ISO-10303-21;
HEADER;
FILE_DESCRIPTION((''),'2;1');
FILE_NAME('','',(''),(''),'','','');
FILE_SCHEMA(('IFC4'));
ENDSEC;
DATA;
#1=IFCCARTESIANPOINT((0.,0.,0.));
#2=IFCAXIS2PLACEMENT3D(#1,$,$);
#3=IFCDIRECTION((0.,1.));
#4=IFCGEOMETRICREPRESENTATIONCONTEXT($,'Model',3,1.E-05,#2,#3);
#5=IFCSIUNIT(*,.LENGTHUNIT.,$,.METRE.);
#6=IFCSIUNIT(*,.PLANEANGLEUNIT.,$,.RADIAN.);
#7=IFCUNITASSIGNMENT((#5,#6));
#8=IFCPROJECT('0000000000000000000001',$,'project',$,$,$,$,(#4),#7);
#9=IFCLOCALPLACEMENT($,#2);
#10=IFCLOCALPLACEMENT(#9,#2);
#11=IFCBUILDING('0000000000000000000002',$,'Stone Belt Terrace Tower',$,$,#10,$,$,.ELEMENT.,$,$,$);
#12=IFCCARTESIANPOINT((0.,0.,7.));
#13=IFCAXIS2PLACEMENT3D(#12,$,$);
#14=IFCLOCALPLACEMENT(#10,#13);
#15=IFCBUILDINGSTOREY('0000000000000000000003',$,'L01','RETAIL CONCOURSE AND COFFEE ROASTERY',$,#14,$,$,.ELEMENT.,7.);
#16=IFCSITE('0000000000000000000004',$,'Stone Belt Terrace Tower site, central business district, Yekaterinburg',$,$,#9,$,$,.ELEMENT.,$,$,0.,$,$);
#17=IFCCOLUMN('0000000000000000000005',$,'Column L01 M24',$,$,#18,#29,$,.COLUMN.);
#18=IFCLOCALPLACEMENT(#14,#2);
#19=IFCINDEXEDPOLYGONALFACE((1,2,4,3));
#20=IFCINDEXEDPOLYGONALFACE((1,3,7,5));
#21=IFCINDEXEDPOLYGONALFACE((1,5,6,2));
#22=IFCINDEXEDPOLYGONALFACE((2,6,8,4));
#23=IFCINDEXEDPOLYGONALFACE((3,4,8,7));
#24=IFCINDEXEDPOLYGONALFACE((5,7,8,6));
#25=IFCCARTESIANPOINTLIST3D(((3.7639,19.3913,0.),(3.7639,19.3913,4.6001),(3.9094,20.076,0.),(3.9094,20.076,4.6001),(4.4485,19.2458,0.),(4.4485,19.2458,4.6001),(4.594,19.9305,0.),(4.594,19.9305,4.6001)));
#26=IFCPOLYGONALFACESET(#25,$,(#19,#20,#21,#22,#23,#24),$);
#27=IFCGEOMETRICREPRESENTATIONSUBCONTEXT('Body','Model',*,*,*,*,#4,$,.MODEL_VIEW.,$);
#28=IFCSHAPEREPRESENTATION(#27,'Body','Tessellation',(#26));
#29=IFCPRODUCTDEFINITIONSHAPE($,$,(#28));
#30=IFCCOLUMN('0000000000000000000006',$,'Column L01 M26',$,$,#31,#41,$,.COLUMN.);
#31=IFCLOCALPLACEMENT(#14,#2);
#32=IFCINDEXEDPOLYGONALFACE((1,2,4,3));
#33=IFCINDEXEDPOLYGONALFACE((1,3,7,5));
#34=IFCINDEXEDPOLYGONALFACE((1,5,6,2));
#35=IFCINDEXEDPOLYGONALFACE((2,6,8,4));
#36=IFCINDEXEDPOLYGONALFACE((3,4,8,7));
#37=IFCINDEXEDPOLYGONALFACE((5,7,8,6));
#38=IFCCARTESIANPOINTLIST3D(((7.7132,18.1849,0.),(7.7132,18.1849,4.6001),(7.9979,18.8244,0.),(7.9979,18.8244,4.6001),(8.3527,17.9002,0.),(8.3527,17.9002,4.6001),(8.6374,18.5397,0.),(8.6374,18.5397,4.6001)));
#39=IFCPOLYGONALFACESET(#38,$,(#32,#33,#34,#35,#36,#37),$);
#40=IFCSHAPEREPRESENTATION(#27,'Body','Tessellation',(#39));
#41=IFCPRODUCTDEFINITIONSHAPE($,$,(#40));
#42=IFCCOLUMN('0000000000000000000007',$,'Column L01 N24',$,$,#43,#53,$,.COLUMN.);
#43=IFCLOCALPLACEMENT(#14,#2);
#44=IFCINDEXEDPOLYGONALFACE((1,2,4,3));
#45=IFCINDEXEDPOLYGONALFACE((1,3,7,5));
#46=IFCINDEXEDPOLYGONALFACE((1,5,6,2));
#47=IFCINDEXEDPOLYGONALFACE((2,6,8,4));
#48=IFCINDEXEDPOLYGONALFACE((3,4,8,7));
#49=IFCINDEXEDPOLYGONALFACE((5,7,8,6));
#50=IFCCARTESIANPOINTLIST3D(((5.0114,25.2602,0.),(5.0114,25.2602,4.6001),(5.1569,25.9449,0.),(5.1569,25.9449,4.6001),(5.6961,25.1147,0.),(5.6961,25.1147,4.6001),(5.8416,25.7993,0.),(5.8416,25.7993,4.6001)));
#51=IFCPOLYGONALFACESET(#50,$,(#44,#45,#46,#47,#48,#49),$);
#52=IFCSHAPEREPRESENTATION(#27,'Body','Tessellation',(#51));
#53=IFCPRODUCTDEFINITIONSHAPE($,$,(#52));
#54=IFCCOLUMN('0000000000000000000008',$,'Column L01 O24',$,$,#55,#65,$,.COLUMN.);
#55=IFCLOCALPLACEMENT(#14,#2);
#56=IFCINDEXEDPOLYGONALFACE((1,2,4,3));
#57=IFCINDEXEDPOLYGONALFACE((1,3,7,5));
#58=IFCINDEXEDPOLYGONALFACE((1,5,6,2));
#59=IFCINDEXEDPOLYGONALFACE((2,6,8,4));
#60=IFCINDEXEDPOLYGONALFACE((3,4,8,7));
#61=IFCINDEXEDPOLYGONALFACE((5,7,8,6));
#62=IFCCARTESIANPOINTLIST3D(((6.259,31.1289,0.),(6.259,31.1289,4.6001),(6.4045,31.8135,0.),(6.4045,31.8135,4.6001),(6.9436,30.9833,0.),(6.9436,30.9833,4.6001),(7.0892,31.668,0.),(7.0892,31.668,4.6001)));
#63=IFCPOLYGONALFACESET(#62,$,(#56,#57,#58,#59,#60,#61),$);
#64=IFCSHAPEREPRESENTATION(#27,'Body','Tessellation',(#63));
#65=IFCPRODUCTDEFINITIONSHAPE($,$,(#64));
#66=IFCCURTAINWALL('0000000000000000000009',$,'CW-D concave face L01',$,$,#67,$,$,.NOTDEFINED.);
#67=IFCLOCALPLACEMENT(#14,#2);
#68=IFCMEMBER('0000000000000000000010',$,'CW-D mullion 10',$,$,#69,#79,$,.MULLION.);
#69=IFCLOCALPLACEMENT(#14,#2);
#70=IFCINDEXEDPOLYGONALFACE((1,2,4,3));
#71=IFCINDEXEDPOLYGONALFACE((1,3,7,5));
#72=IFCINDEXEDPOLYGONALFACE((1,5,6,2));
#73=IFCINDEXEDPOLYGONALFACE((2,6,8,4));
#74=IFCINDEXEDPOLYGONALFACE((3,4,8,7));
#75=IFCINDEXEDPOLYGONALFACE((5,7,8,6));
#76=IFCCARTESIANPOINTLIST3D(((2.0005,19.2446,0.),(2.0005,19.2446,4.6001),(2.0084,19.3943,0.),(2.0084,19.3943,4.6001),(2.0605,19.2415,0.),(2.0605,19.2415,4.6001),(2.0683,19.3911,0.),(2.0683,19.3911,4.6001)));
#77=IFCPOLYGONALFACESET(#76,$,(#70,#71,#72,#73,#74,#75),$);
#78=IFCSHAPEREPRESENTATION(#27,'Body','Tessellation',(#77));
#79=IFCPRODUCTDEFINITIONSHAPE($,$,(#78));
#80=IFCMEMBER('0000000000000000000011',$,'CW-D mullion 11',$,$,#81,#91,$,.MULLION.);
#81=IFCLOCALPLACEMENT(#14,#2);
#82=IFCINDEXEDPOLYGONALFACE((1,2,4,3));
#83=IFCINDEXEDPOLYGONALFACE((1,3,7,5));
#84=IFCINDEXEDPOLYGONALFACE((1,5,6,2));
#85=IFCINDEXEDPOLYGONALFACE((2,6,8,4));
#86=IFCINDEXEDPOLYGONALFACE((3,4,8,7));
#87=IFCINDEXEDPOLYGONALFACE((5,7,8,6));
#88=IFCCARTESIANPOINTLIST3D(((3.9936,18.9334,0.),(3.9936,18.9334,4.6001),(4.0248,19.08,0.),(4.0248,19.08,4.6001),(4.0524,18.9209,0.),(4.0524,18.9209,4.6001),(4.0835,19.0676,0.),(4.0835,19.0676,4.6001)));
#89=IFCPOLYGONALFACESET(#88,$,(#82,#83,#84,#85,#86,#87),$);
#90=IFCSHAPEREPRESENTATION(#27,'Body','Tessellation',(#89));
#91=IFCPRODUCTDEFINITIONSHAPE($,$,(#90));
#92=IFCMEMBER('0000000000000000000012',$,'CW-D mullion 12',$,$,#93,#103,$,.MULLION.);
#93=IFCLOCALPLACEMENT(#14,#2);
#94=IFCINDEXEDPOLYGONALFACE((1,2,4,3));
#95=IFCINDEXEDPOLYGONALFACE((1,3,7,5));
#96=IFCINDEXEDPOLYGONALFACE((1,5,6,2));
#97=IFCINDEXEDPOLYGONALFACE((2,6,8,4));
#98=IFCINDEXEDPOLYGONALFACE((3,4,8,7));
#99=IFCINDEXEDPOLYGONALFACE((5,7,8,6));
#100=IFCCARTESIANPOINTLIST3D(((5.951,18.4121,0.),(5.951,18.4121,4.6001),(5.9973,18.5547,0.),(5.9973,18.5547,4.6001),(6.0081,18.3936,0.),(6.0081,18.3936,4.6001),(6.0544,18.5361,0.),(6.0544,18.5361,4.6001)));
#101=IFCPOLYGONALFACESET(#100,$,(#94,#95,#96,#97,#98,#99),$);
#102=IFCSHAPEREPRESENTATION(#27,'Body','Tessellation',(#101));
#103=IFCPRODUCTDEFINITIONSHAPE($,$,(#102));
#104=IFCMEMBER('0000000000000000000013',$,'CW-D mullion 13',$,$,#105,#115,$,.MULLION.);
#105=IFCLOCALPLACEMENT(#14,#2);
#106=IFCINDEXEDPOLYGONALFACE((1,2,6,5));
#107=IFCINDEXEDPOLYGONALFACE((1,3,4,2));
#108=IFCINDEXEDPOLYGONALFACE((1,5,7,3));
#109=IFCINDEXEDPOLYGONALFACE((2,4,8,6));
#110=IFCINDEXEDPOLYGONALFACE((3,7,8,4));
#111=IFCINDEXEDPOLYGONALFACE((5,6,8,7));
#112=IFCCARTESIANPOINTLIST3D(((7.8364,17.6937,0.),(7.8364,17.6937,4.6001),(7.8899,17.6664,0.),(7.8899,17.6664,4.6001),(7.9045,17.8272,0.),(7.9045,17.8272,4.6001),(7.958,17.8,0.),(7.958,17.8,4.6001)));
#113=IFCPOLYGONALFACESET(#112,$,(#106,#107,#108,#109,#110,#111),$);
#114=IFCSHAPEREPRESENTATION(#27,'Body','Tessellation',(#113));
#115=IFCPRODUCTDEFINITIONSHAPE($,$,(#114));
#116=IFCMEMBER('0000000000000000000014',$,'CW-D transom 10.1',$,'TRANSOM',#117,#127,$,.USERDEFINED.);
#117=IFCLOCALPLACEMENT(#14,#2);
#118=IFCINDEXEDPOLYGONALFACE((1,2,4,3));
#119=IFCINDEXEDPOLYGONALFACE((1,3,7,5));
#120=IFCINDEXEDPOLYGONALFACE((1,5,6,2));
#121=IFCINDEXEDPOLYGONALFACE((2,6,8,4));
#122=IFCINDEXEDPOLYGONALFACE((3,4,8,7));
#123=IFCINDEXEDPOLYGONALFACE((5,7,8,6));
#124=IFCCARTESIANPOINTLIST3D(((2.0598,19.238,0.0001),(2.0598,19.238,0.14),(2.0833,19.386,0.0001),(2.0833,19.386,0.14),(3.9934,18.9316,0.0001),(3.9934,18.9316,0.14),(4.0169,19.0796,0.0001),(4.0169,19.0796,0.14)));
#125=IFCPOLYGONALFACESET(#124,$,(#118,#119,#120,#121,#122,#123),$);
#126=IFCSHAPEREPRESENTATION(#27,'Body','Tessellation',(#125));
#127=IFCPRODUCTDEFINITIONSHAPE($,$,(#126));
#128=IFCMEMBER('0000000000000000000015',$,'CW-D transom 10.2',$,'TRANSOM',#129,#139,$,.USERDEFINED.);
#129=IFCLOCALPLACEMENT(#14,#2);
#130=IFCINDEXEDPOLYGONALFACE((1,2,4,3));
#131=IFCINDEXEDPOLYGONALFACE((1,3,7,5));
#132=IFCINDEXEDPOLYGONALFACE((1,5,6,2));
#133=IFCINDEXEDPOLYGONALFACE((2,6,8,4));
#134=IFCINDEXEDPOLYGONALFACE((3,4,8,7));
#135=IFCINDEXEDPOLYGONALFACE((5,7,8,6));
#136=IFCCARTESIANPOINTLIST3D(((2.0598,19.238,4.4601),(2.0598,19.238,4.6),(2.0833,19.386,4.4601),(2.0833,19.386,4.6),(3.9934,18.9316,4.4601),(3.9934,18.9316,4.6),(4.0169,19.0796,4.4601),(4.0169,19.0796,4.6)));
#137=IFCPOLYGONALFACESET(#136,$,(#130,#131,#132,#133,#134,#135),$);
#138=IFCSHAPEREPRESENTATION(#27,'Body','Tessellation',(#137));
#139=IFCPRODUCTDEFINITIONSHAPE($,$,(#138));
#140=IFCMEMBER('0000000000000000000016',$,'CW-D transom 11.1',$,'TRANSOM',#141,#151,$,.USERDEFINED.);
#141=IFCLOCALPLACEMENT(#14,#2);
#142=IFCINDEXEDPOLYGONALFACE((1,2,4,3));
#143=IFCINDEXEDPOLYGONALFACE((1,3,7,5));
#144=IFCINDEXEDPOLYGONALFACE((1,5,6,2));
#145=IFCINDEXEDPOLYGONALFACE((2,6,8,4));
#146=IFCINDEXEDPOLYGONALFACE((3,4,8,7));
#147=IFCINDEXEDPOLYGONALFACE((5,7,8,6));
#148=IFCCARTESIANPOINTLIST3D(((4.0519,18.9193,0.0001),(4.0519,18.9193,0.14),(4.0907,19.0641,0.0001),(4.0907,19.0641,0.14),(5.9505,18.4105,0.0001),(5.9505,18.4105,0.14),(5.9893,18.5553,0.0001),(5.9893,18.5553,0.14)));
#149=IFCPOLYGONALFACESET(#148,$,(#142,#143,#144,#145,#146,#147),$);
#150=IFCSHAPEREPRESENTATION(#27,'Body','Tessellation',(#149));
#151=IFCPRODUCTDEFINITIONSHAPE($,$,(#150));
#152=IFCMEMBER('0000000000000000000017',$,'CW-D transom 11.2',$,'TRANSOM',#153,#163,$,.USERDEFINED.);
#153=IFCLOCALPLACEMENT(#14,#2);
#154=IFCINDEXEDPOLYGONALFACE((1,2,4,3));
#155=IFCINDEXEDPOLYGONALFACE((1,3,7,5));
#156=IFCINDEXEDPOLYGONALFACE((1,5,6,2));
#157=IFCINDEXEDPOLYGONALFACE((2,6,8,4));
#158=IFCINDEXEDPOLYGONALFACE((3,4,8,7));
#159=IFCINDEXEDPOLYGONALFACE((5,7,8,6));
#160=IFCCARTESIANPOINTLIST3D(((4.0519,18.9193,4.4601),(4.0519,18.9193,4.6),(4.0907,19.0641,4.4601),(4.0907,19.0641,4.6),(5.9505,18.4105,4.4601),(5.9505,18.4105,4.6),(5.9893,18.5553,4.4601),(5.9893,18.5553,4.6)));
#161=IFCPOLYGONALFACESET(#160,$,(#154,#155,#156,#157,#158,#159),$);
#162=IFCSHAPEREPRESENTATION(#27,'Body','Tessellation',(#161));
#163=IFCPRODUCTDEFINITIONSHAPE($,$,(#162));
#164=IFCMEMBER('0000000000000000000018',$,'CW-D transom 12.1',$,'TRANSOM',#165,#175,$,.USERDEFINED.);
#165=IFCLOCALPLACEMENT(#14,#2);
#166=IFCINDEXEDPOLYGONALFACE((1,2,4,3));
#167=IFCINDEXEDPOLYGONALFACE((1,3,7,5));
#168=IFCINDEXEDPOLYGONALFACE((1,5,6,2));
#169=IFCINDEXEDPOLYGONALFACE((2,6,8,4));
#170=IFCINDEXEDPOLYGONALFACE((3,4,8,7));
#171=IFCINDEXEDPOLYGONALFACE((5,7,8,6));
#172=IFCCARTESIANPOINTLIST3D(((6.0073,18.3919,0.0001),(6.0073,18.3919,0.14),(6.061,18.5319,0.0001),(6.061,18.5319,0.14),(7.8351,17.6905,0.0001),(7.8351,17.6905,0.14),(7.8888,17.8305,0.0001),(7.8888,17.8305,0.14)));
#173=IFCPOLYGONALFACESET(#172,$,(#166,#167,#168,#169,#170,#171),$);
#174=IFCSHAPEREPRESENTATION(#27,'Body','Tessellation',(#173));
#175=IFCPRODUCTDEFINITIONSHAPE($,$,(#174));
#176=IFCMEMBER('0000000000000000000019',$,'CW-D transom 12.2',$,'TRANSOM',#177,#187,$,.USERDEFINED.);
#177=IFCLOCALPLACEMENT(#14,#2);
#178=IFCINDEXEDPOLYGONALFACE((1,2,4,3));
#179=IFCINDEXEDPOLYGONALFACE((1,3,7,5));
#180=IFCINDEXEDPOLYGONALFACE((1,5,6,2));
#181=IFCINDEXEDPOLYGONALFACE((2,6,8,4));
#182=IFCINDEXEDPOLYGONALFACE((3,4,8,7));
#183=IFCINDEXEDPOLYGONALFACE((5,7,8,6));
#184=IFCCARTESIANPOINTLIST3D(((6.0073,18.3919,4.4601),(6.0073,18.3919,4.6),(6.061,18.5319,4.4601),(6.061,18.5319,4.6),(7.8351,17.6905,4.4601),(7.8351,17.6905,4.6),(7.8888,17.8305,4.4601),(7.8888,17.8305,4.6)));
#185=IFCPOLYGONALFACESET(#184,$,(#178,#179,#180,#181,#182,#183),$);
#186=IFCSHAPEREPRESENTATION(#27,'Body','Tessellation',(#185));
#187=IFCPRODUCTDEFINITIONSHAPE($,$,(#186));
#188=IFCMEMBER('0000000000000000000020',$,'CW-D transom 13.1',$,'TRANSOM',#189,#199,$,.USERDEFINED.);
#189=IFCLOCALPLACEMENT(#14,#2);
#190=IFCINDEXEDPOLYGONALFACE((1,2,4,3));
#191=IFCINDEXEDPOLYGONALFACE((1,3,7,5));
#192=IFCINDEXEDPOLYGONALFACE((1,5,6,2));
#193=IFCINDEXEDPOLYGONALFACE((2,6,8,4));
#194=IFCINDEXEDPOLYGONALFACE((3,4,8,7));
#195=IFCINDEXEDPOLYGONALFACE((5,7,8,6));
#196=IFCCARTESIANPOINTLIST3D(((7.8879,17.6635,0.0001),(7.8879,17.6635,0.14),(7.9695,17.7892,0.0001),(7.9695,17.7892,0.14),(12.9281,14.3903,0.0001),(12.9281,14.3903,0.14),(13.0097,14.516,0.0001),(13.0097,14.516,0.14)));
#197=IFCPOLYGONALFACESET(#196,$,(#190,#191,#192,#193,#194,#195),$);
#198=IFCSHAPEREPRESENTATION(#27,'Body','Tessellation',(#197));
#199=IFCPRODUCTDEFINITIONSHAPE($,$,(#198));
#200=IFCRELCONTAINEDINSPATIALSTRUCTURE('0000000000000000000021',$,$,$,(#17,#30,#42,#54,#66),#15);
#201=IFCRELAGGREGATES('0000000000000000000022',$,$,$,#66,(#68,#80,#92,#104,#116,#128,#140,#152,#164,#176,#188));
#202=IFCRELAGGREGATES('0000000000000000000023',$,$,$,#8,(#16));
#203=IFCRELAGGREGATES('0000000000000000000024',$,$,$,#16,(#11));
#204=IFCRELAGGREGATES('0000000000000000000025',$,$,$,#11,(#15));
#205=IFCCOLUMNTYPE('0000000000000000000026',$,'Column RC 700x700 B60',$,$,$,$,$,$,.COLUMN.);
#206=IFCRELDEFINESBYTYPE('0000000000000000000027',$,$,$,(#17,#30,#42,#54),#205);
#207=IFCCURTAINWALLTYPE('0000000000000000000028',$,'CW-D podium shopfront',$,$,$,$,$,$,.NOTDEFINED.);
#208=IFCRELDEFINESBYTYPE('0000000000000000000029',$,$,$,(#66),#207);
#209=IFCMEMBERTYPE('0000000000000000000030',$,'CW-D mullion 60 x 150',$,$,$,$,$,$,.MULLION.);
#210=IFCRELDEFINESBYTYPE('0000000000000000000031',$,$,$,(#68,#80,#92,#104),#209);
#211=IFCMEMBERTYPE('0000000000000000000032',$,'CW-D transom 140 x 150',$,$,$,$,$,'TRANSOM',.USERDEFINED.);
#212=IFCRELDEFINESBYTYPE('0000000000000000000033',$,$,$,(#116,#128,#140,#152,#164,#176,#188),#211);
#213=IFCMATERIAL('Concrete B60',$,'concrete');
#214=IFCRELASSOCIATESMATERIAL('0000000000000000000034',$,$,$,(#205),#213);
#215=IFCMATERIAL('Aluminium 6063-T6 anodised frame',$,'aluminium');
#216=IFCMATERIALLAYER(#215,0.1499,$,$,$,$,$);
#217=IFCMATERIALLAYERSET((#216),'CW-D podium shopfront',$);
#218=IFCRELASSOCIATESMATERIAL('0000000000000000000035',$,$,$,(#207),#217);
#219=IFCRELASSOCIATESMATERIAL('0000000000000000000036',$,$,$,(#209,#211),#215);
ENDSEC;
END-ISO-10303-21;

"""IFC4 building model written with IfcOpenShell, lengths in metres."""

from ifc_helpers import new_model, si_unit, direction, frame, origin, origin_2d, place, context, subcontext, project, spatial, rectangle, extrude, material, layer, layer_set, material_profile, profile_set, type_object, element, aggregate, save


model = new_model("IFC4")

# Units and contexts
model_context = context("Model", 3, precision=1e-05, world=origin(), true_north=direction((0.0, 1.0)))
body_context = subcontext(model_context, "Body", "Model", "MODEL_VIEW")
ifc_project = project(units=[si_unit("LENGTHUNIT", "METRE"), si_unit("PLANEANGLEUNIT", "RADIAN")], contexts=[model_context])

# Site, building, storey
site_placement = place(None, origin())
site = spatial("IfcSite", under=ifc_project, at=site_placement, Name="Stone Belt Terrace Tower site, central business district, Yekaterinburg", CompositionType="ELEMENT", RefElevation=0.0)
building_placement = place(site_placement, origin())
building = spatial("IfcBuilding", under=site, at=building_placement, Name="Stone Belt Terrace Tower", CompositionType="ELEMENT")
storey_placement = place(building_placement, frame((0.0, 0.0, 7.0)))
storey = spatial("IfcBuildingStorey", under=building, at=storey_placement, Name="L01", Description="RETAIL CONCOURSE AND COFFEE ROASTERY", CompositionType="ELEMENT", Elevation=7.0)

# Columns
ifc_material_1 = material(Name="Concrete B60", Category="concrete")
ifc_material_profile_1 = material_profile(ifc_material_1, rectangle(XDim=0.7, YDim=0.7, at=origin_2d()), Name="RC 700x700")
ifc_profile_set_1 = profile_set([ifc_material_profile_1], Name="Concrete B60")
column_type = type_object("IfcColumnType", Name="Column RC 700x700 B60", PredefinedType="COLUMN", material=ifc_profile_set_1)
for number, where, z_axis, x_axis, name in (
    (1, (4.179, 19.6609, 0.0), (0.0, 0.0, 1.0), (0.978148, -0.207912, 0.0), "Column L01 M24"),
    (2, (8.1753, 18.3623, 0.0), (0.0, 0.0, 1.0), (0.913545, -0.406737, 0.0), "Column L01 M26"),
    (3, (5.4265, 25.5298, 0.0), (0.0, 0.0, 1.0), (0.978148, -0.207912, 0.0), "Column L01 N24"),
    (4, (6.6741, 31.3984, 0.0), (0.0, 0.0, 1.0), (0.978148, -0.207912, 0.0), "Column L01 O24"),
):
    element("IfcColumn", number, at=place(storey_placement, frame(where, z_axis=z_axis, x_axis=x_axis)), inside=storey, type_object=column_type, Name=name, PredefinedType="COLUMN", context=body_context, shape_type="SweptSolid", body=[
        extrude(rectangle(XDim=0.7, YDim=0.7, at=origin_2d()), origin(), (0.0, 0.0, 1.0), 4.6001),
    ])

# Curtain wall, members
ifc_material_2 = material(Name="Aluminium 6063-T6 anodised frame", Category="aluminium")
ifc_layer_1 = layer(ifc_material_2, 0.1499)
ifc_layer_set_1 = layer_set([ifc_layer_1], Name="CW-D podium shopfront")
curtain_wall_type = type_object("IfcCurtainWallType", Name="CW-D podium shopfront", PredefinedType="NOTDEFINED", material=ifc_layer_set_1)
curtain_wall_placement = place(storey_placement, origin())
curtain_wall = element("IfcCurtainWall", 5, at=curtain_wall_placement, inside=storey, type_object=curtain_wall_type, Name="CW-D concave face L01", PredefinedType="NOTDEFINED")
ifc_material_profile_2 = material_profile(ifc_material_2, rectangle(XDim=0.1499, YDim=0.0601, at=origin_2d()), Name="Aluminium 6063-T6 60x150")
ifc_profile_set_2 = profile_set([ifc_material_profile_2], Name="Aluminium 6063-T6 anodised frame")
member_type_1 = type_object("IfcMemberType", Name="CW-D mullion 60 x 150", PredefinedType="MULLION", material=ifc_profile_set_2)
member_1_placement = place(storey_placement, frame((2.0344, 19.3179, 0.0), z_axis=(0.0, 0.0, 1.0), x_axis=(0.052336, 0.99863, 0.0)))
member_1 = element("IfcMember", 6, at=member_1_placement, type_object=member_type_1, Name="CW-D mullion 10", PredefinedType="MULLION", context=body_context, shape_type="SweptSolid", body=[
    extrude(rectangle(XDim=0.1499, YDim=0.0601, at=origin_2d()), origin(), (0.0, 0.0, 1.0), 4.6001),
])
member_2_placement = place(storey_placement, frame((4.0386, 19.0005, 0.0), z_axis=(0.0, 0.0, 1.0), x_axis=(0.207912, 0.978148, 0.0)))
member_2 = element("IfcMember", 7, at=member_2_placement, type_object=member_type_1, Name="CW-D mullion 11", PredefinedType="MULLION", context=body_context, shape_type="SweptSolid", body=[
    extrude(rectangle(XDim=0.1499, YDim=0.0601, at=origin_2d()), origin(), (0.0, 0.0, 1.0), 4.6001),
])
member_3_placement = place(storey_placement, frame((6.0027, 18.4741, 0.0), z_axis=(0.0, 0.0, 1.0), x_axis=(0.309017, 0.951057, 0.0)))
member_3 = element("IfcMember", 8, at=member_3_placement, type_object=member_type_1, Name="CW-D mullion 12", PredefinedType="MULLION", context=body_context, shape_type="SweptSolid", body=[
    extrude(rectangle(XDim=0.1499, YDim=0.0601, at=origin_2d()), origin(), (0.0, 0.0, 1.0), 4.6001),
])
member_4_placement = place(storey_placement, frame((7.8972, 17.7468, 0.0), z_axis=(0.0, 0.0, 1.0), x_axis=(0.45399, 0.891007, 0.0)))
member_4 = element("IfcMember", 9, at=member_4_placement, type_object=member_type_1, Name="CW-D mullion 13", PredefinedType="MULLION", context=body_context, shape_type="SweptSolid", body=[
    extrude(rectangle(XDim=0.1499, YDim=0.0601, at=origin_2d()), origin(), (0.0, 0.0, 1.0), 4.6001),
])
ifc_material_profile_3 = material_profile(ifc_material_2, rectangle(XDim=0.1499, YDim=0.1399, at=origin_2d()), Name="Aluminium 6063-T6 150x140")
ifc_profile_set_3 = profile_set([ifc_material_profile_3], Name="Aluminium 6063-T6 anodised frame")
member_type_2 = type_object("IfcMemberType", Name="CW-D transom 140 x 150", ElementType="TRANSOM", PredefinedType="USERDEFINED", material=ifc_profile_set_3)
member_5_placement = place(storey_placement, frame((2.0715, 19.312, 0.0701), z_axis=(0.987677, -0.156507, 0.0), x_axis=(0.156507, 0.987677, 0.0)))
member_5 = element("IfcMember", 10, at=member_5_placement, type_object=member_type_2, Name="CW-D transom 10.1", ObjectType="TRANSOM", PredefinedType="USERDEFINED", context=body_context, shape_type="SweptSolid", body=[
    extrude(rectangle(XDim=0.1499, YDim=0.1399, at=origin_2d()), origin(), (0.0, 0.0, 1.0), 1.9578),
])
member_6_placement = place(storey_placement, frame((2.0715, 19.312, 4.53), z_axis=(0.987677, -0.156507, 0.0), x_axis=(0.156507, 0.987677, 0.0)))
member_6 = element("IfcMember", 11, at=member_6_placement, type_object=member_type_2, Name="CW-D transom 10.2", ObjectType="TRANSOM", PredefinedType="USERDEFINED", context=body_context, shape_type="SweptSolid", body=[
    extrude(rectangle(XDim=0.1499, YDim=0.1399, at=origin_2d()), origin(), (0.0, 0.0, 1.0), 1.9578),
])
member_7_placement = place(storey_placement, frame((4.0713, 18.9917, 0.0701), z_axis=(0.965921, -0.258837, 0.0), x_axis=(0.258837, 0.965921, 0.0)))
member_7 = element("IfcMember", 12, at=member_7_placement, type_object=member_type_2, Name="CW-D transom 11.1", ObjectType="TRANSOM", PredefinedType="USERDEFINED", context=body_context, shape_type="SweptSolid", body=[
    extrude(rectangle(XDim=0.1499, YDim=0.1399, at=origin_2d()), origin(), (0.0, 0.0, 1.0), 1.9656),
])
member_8_placement = place(storey_placement, frame((4.0713, 18.9917, 4.53), z_axis=(0.965921, -0.258837, 0.0), x_axis=(0.258837, 0.965921, 0.0)))
member_8 = element("IfcMember", 13, at=member_8_placement, type_object=member_type_2, Name="CW-D transom 11.2", ObjectType="TRANSOM", PredefinedType="USERDEFINED", context=body_context, shape_type="SweptSolid", body=[
    extrude(rectangle(XDim=0.1499, YDim=0.1399, at=origin_2d()), origin(), (0.0, 0.0, 1.0), 1.9656),
])
member_9_placement = place(storey_placement, frame((6.0342, 18.4619, 0.0701), z_axis=(0.933622, -0.35826, 0.0), x_axis=(0.35826, 0.933622, 0.0)))
member_9 = element("IfcMember", 14, at=member_9_placement, type_object=member_type_2, Name="CW-D transom 12.1", ObjectType="TRANSOM", PredefinedType="USERDEFINED", context=body_context, shape_type="SweptSolid", body=[
    extrude(rectangle(XDim=0.1499, YDim=0.1399, at=origin_2d()), origin(), (0.0, 0.0, 1.0), 1.9578),
])
member_10_placement = place(storey_placement, frame((6.0342, 18.4619, 4.53), z_axis=(0.933622, -0.35826, 0.0), x_axis=(0.35826, 0.933622, 0.0)))
member_10 = element("IfcMember", 15, at=member_10_placement, type_object=member_type_2, Name="CW-D transom 12.2", ObjectType="TRANSOM", PredefinedType="USERDEFINED", context=body_context, shape_type="SweptSolid", body=[
    extrude(rectangle(XDim=0.1499, YDim=0.1399, at=origin_2d()), origin(), (0.0, 0.0, 1.0), 1.9578),
])
member_11_placement = place(storey_placement, frame((7.9287, 17.7263, 0.0701), z_axis=(0.838671, -0.544638, 0.0), x_axis=(0.544638, 0.838671, 0.0)))
member_11 = element("IfcMember", 16, at=member_11_placement, type_object=member_type_2, Name="CW-D transom 13.1", ObjectType="TRANSOM", PredefinedType="USERDEFINED", context=body_context, shape_type="SweptSolid", body=[
    extrude(rectangle(XDim=0.1499, YDim=0.1399, at=origin_2d()), origin(), (0.0, 0.0, 1.0), 6.0098),
])
aggregate(curtain_wall, [member_1, member_2, member_3, member_4, member_5, member_6, member_7, member_8, member_9, member_10, member_11])

save(model, "model.ifc")
